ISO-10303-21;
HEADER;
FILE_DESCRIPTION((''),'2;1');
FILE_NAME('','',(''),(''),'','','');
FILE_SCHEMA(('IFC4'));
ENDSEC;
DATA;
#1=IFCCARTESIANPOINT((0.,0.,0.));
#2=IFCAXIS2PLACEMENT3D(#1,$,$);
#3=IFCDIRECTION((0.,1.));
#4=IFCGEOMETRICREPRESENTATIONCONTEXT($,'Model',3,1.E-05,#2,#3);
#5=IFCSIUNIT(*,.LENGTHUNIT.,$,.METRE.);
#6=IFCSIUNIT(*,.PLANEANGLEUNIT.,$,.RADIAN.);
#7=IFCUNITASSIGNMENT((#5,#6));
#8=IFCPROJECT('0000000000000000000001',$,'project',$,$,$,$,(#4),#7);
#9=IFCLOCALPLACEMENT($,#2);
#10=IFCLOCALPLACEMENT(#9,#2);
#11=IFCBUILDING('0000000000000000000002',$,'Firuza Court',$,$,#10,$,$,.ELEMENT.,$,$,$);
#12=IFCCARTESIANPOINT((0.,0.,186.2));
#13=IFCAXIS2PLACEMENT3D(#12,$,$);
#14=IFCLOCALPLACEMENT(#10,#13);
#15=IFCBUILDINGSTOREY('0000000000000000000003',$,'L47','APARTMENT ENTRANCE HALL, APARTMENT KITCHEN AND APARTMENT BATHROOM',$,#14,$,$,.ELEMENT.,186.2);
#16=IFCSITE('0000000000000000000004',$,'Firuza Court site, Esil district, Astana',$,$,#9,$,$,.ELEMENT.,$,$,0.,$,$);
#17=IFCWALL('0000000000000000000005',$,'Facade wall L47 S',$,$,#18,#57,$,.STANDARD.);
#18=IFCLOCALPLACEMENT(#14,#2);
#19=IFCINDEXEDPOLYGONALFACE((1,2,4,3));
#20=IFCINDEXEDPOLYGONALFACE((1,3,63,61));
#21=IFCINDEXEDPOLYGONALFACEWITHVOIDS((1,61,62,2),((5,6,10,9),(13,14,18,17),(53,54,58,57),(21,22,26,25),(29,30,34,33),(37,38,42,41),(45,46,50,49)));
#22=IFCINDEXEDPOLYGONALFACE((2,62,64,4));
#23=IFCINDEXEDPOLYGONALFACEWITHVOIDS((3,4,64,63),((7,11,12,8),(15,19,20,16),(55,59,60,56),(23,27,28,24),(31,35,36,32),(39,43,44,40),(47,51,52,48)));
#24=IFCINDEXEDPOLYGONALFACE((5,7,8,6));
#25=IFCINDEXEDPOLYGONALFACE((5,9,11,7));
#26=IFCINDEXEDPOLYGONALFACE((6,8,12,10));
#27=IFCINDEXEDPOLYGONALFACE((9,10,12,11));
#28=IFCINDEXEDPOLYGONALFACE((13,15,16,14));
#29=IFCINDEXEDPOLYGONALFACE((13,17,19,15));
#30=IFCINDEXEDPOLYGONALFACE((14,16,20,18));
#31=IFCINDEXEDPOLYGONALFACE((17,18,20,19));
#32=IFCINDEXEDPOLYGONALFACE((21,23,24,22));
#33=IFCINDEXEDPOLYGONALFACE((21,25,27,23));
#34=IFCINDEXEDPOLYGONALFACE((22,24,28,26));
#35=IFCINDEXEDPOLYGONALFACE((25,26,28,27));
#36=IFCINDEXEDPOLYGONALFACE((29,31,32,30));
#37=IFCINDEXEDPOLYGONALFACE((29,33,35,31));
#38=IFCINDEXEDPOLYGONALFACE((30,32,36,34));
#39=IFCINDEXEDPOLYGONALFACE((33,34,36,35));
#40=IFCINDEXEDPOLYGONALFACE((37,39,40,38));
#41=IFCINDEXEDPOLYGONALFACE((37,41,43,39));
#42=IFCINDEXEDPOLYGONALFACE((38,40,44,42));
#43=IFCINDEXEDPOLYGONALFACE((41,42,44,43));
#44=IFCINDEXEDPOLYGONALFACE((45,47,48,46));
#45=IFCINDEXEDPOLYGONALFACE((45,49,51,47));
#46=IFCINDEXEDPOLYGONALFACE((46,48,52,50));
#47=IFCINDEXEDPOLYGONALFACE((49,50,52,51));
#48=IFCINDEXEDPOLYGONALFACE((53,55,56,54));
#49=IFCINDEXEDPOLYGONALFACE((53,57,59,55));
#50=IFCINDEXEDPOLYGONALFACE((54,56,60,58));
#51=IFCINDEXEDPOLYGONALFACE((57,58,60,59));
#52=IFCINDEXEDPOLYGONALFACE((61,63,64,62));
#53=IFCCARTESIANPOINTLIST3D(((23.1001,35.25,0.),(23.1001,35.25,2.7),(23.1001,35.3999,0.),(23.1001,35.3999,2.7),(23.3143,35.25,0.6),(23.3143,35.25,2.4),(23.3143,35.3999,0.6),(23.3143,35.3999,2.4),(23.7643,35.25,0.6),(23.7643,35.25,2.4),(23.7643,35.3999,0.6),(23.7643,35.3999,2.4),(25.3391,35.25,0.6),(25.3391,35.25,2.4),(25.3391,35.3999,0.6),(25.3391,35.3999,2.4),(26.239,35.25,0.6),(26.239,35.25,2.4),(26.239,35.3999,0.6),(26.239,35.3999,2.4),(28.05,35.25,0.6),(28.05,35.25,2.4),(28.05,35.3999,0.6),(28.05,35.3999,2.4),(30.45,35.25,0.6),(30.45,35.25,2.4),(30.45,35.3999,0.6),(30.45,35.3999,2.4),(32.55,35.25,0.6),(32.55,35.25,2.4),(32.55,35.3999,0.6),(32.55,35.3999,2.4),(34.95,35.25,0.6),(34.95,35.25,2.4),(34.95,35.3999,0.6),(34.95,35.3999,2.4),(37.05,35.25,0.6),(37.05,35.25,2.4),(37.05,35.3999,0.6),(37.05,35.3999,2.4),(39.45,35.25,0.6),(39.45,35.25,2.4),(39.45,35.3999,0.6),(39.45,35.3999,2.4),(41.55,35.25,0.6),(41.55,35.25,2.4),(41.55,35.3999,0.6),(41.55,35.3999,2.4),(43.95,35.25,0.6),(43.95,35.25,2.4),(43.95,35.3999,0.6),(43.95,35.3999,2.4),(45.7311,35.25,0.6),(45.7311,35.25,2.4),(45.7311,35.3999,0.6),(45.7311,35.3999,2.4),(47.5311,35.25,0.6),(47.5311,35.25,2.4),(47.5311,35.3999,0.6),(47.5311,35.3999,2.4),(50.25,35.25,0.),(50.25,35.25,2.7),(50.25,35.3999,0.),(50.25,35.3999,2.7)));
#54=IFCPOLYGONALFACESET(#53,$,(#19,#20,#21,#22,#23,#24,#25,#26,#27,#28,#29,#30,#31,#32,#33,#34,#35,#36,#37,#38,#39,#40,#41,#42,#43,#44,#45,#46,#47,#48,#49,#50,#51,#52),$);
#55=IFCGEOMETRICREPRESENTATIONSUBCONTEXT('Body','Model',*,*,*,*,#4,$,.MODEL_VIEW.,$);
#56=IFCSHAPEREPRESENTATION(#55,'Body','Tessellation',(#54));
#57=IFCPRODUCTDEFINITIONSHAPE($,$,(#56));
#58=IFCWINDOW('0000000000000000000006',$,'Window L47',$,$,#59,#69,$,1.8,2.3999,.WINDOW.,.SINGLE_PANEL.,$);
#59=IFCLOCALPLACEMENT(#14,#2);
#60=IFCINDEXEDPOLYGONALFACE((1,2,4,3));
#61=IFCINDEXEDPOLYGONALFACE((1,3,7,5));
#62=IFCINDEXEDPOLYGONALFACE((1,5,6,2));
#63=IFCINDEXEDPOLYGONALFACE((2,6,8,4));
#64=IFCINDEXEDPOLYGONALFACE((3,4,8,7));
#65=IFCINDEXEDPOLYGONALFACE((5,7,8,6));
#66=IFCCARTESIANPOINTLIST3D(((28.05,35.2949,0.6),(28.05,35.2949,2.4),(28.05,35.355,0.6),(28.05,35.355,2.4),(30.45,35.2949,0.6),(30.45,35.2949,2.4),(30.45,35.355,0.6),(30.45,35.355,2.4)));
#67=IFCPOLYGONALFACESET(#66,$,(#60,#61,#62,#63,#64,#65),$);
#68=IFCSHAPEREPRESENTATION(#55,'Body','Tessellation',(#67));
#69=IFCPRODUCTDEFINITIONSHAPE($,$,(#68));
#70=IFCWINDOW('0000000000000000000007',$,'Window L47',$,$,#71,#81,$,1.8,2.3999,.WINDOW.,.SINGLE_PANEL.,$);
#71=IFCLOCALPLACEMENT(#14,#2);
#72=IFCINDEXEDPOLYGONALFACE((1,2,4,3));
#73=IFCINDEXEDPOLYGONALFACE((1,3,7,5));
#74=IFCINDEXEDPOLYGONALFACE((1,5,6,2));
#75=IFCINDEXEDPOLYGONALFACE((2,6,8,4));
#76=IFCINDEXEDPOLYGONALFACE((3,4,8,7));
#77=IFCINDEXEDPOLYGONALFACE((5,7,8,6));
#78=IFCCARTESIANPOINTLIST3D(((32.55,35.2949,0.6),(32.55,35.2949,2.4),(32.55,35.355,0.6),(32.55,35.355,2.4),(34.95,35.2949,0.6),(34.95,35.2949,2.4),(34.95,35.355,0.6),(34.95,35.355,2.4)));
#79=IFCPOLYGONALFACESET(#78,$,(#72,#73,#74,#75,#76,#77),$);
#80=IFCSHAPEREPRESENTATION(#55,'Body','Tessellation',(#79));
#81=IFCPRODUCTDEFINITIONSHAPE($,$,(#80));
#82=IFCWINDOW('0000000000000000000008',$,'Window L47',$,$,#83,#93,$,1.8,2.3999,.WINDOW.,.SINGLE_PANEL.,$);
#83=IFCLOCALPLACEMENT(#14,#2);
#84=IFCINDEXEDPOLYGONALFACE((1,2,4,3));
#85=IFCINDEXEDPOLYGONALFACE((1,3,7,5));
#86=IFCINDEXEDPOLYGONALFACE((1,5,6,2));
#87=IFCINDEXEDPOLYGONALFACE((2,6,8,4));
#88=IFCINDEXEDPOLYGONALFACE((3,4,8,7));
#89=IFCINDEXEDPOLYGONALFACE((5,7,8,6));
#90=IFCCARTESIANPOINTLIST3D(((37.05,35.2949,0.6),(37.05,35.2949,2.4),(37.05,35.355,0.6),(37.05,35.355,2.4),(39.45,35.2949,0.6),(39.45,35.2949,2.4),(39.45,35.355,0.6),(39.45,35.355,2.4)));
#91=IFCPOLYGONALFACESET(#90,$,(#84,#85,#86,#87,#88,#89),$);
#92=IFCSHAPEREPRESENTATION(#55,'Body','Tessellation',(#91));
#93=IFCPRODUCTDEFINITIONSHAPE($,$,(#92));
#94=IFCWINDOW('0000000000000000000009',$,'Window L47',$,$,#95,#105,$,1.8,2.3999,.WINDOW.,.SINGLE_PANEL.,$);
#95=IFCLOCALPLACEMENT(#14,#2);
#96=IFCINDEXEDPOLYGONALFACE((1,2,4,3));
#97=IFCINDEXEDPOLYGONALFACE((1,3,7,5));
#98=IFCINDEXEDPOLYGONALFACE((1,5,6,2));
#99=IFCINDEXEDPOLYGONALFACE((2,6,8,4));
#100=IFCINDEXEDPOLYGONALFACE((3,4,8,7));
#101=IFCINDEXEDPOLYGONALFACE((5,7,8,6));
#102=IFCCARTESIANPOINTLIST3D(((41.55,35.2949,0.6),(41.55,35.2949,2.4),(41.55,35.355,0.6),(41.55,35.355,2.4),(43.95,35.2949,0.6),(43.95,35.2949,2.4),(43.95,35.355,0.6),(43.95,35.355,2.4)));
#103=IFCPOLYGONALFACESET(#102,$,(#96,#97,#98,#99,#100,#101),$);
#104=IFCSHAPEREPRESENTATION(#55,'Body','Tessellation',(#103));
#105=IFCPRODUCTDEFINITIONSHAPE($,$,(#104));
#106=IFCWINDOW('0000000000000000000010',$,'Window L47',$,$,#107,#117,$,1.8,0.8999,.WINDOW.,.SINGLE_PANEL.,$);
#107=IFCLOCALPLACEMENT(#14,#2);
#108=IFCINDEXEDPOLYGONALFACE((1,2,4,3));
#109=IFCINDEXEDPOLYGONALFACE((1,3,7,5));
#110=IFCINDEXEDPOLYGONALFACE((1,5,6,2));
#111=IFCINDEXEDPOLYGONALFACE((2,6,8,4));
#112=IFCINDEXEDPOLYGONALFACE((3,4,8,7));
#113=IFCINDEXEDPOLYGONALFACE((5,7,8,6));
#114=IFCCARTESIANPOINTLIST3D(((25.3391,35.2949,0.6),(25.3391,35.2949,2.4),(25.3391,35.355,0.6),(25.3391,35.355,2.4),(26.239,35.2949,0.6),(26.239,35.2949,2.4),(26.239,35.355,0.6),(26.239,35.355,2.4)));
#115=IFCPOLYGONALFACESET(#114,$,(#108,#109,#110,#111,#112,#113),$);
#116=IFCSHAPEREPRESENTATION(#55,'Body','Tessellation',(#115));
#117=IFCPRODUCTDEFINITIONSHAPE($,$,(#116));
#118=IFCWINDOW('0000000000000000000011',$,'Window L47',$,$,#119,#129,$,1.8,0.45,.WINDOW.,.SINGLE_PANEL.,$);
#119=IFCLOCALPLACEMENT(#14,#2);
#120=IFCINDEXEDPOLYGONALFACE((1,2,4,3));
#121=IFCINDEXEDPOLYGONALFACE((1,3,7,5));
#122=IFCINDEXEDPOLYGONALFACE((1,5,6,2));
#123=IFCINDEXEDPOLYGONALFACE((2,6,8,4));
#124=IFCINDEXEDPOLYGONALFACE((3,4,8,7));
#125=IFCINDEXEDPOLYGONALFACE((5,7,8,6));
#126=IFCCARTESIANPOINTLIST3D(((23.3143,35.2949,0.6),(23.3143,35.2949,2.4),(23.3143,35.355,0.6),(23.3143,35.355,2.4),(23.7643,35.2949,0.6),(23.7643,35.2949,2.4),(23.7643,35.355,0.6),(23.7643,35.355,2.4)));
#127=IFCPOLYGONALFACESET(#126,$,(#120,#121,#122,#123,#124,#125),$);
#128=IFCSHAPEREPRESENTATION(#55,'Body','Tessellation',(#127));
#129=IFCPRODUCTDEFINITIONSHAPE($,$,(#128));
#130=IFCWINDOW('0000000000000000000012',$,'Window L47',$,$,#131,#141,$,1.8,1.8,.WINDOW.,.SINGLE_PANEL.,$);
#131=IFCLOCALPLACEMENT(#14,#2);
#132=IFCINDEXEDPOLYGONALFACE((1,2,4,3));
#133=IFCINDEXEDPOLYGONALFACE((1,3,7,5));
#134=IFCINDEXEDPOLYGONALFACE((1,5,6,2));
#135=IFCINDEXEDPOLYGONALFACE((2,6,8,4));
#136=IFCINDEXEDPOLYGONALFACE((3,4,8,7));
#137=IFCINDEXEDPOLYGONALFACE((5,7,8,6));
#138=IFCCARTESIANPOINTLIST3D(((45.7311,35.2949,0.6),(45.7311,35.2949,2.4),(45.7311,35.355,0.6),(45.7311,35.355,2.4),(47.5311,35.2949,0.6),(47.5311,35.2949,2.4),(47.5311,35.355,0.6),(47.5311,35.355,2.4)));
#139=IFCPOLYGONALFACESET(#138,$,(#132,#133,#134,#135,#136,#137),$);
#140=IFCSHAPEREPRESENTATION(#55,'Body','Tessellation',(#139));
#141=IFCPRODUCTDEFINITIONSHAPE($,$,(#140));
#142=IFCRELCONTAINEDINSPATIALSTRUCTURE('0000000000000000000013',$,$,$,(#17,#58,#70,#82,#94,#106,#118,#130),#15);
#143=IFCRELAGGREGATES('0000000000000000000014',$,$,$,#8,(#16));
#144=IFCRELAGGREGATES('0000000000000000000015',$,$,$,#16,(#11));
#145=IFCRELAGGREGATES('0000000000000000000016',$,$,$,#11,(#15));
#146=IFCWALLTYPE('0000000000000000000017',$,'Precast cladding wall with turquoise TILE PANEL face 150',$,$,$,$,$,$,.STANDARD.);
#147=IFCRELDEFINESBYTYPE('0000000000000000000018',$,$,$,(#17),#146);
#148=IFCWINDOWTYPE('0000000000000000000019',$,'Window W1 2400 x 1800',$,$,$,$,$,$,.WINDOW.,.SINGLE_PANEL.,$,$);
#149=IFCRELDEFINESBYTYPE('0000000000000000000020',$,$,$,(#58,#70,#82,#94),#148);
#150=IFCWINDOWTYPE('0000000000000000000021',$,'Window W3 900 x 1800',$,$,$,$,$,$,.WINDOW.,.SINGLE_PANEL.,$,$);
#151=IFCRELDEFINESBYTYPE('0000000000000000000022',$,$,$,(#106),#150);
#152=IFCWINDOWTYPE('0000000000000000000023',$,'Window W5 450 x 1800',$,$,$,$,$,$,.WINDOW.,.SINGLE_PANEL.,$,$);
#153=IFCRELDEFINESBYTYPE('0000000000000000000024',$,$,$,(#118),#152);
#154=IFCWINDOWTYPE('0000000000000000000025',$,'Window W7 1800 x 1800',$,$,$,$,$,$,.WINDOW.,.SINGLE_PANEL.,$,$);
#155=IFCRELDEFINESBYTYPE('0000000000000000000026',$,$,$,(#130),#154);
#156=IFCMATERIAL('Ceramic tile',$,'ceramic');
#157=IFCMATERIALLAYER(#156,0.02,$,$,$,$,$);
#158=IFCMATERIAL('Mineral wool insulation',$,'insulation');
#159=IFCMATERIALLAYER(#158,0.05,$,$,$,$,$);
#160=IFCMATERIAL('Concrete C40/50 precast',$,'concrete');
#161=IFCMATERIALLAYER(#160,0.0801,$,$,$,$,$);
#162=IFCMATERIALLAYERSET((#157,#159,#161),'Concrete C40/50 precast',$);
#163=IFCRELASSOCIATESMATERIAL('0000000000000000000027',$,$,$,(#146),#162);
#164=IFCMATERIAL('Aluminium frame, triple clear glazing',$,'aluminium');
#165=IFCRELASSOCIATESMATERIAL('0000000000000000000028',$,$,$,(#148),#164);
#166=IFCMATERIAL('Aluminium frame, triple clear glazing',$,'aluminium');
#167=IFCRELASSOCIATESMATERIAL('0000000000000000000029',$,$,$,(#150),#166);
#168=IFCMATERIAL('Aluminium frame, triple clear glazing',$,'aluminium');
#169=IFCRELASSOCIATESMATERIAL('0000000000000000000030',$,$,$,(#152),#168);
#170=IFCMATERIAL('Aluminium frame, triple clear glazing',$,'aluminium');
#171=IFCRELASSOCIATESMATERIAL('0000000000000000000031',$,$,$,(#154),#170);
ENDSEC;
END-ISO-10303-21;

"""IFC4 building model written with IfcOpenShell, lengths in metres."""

from ifc_helpers import new_model, si_unit, direction, frame, frame_2d, origin, place, context, subcontext, project, spatial, rectangle, extrude, material, layer, layer_set, type_object, element, fill, save


model = new_model("IFC4")

# Units and contexts
model_context = context("Model", 3, precision=1e-05, world=origin(), true_north=direction((0.0, 1.0)))
body_context = subcontext(model_context, "Body", "Model", "MODEL_VIEW")
ifc_project = project(units=[si_unit("LENGTHUNIT", "METRE"), si_unit("PLANEANGLEUNIT", "RADIAN")], contexts=[model_context])

# Site, building, storey
site_placement = place(None, origin())
site = spatial("IfcSite", under=ifc_project, at=site_placement, Name="Firuza Court site, Esil district, Astana", CompositionType="ELEMENT", RefElevation=0.0)
building_placement = place(site_placement, origin())
building = spatial("IfcBuilding", under=site, at=building_placement, Name="Firuza Court", CompositionType="ELEMENT")
storey_placement = place(building_placement, frame((0.0, 0.0, 186.2)))
storey = spatial("IfcBuildingStorey", under=building, at=storey_placement, Name="L47", Description="APARTMENT ENTRANCE HALL, APARTMENT KITCHEN AND APARTMENT BATHROOM", CompositionType="ELEMENT", Elevation=186.2)

# Wall, openings, windows
ifc_material_1 = material(Name="Ceramic tile", Category="ceramic")
ifc_layer_1 = layer(ifc_material_1, 0.02)
ifc_material_2 = material(Name="Mineral wool insulation", Category="insulation")
ifc_layer_2 = layer(ifc_material_2, 0.05)
ifc_material_3 = material(Name="Concrete C40/50 precast", Category="concrete")
ifc_layer_3 = layer(ifc_material_3, 0.0801)
ifc_layer_set_1 = layer_set([ifc_layer_1, ifc_layer_2, ifc_layer_3], Name="Concrete C40/50 precast")
wall_type_1 = type_object("IfcWallType", Name="Precast cladding wall with turquoise TILE PANEL face 150", PredefinedType="STANDARD", material=ifc_layer_set_1)
ifc_material_4 = material(Name="Aluminium frame, triple clear glazing", Category="aluminium")
window_type_1 = type_object("IfcWindowType", Name="Window W1 2400 x 1800", PartitioningType="SINGLE_PANEL", PredefinedType="WINDOW", material=ifc_material_4)
wall_1_placement = place(storey_placement, frame((23.1001, 35.325, 0.0), z_axis=(0.0, 0.0, 1.0), x_axis=(1.0, 0.0, 0.0)))
wall_1 = element("IfcWall", 1, at=wall_1_placement, inside=storey, type_object=wall_type_1, Name="Facade wall L47 S", PredefinedType="STANDARD", context=body_context, shape_type="SweptSolid", body=[
    extrude(rectangle(XDim=27.1499, YDim=0.1499, at=frame_2d((13.575, 0.0))), origin(), (0.0, 0.0, 1.0), 2.7),
])
opening_1_placement = place(wall_1_placement, frame((0.2141, 0.0, 0.6001)))
opening_1 = element("IfcOpeningElement", 2, at=opening_1_placement, cuts=wall_1, PredefinedType="OPENING", context=body_context, shape_type="SweptSolid", body=[
    extrude(rectangle(XDim=0.45, YDim=1.8, at=frame_2d((0.2251, 0.8999))), frame((0.0, 0.0869, 0.0), z_axis=(0.0, -1.0, 0.0), x_axis=(1.0, 0.0, 0.0)), (0.0, 0.0, 1.0), 0.1738),
])
opening_2_placement = place(wall_1_placement, frame((2.239, 0.0, 0.6001)))
opening_2 = element("IfcOpeningElement", 3, at=opening_2_placement, cuts=wall_1, PredefinedType="OPENING", context=body_context, shape_type="SweptSolid", body=[
    extrude(rectangle(XDim=0.8999, YDim=1.8, at=frame_2d((0.45, 0.8999))), frame((0.0, 0.0869, 0.0), z_axis=(0.0, -1.0, 0.0), x_axis=(1.0, 0.0, 0.0)), (0.0, 0.0, 1.0), 0.1738),
])
opening_3_placement = place(wall_1_placement, frame((4.95, 0.0, 0.6001)))
opening_3 = element("IfcOpeningElement", 4, at=opening_3_placement, cuts=wall_1, PredefinedType="OPENING", context=body_context, shape_type="SweptSolid", body=[
    extrude(rectangle(XDim=2.3999, YDim=1.8, at=frame_2d((1.2, 0.8999))), frame((0.0, 0.0869, 0.0), z_axis=(0.0, -1.0, 0.0), x_axis=(1.0, 0.0, 0.0)), (0.0, 0.0, 1.0), 0.1738),
])
opening_4_placement = place(wall_1_placement, frame((9.45, 0.0, 0.6001)))
opening_4 = element("IfcOpeningElement", 5, at=opening_4_placement, cuts=wall_1, PredefinedType="OPENING", context=body_context, shape_type="SweptSolid", body=[
    extrude(rectangle(XDim=2.3999, YDim=1.8, at=frame_2d((1.2, 0.8999))), frame((0.0, 0.0869, 0.0), z_axis=(0.0, -1.0, 0.0), x_axis=(1.0, 0.0, 0.0)), (0.0, 0.0, 1.0), 0.1738),
])
opening_5_placement = place(wall_1_placement, frame((13.95, 0.0, 0.6001)))
opening_5 = element("IfcOpeningElement", 6, at=opening_5_placement, cuts=wall_1, PredefinedType="OPENING", context=body_context, shape_type="SweptSolid", body=[
    extrude(rectangle(XDim=2.3999, YDim=1.8, at=frame_2d((1.2, 0.8999))), frame((0.0, 0.0869, 0.0), z_axis=(0.0, -1.0, 0.0), x_axis=(1.0, 0.0, 0.0)), (0.0, 0.0, 1.0), 0.1738),
])
opening_6_placement = place(wall_1_placement, frame((18.45, 0.0, 0.6001)))
opening_6 = element("IfcOpeningElement", 7, at=opening_6_placement, cuts=wall_1, PredefinedType="OPENING", context=body_context, shape_type="SweptSolid", body=[
    extrude(rectangle(XDim=2.3999, YDim=1.8, at=frame_2d((1.2, 0.8999))), frame((0.0, 0.0869, 0.0), z_axis=(0.0, -1.0, 0.0), x_axis=(1.0, 0.0, 0.0)), (0.0, 0.0, 1.0), 0.1738),
])
opening_7_placement = place(wall_1_placement, frame((22.6311, 0.0, 0.6001)))
opening_7 = element("IfcOpeningElement", 8, at=opening_7_placement, cuts=wall_1, PredefinedType="OPENING", context=body_context, shape_type="SweptSolid", body=[
    extrude(rectangle(XDim=1.8, YDim=1.8, at=frame_2d((0.8999, 0.8999))), frame((0.0, 0.0869, 0.0), z_axis=(0.0, -1.0, 0.0), x_axis=(1.0, 0.0, 0.0)), (0.0, 0.0, 1.0), 0.1738),
])
window_1_placement = place(opening_3_placement, origin())
window_1 = element("IfcWindow", 9, at=window_1_placement, inside=storey, type_object=window_type_1, Name="Window L47", OverallHeight=1.8, OverallWidth=2.3999, PartitioningType="SINGLE_PANEL", PredefinedType="WINDOW", context=body_context, shape_type="SweptSolid", body=[
    extrude(rectangle(XDim=2.3999, YDim=1.8, at=frame_2d((1.2, 0.8999))), frame((0.0, 0.03, 0.0), z_axis=(0.0, -1.0, 0.0), x_axis=(1.0, 0.0, 0.0)), (0.0, 0.0, 1.0), 0.0601),
])
fill(opening_3, window_1)
window_2_placement = place(opening_4_placement, origin())
window_2 = element("IfcWindow", 10, at=window_2_placement, inside=storey, type_object=window_type_1, Name="Window L47", OverallHeight=1.8, OverallWidth=2.3999, PartitioningType="SINGLE_PANEL", PredefinedType="WINDOW", context=body_context, shape_type="SweptSolid", body=[
    extrude(rectangle(XDim=2.3999, YDim=1.8, at=frame_2d((1.2, 0.8999))), frame((0.0, 0.03, 0.0), z_axis=(0.0, -1.0, 0.0), x_axis=(1.0, 0.0, 0.0)), (0.0, 0.0, 1.0), 0.0601),
])
fill(opening_4, window_2)
window_3_placement = place(opening_5_placement, origin())
window_3 = element("IfcWindow", 11, at=window_3_placement, inside=storey, type_object=window_type_1, Name="Window L47", OverallHeight=1.8, OverallWidth=2.3999, PartitioningType="SINGLE_PANEL", PredefinedType="WINDOW", context=body_context, shape_type="SweptSolid", body=[
    extrude(rectangle(XDim=2.3999, YDim=1.8, at=frame_2d((1.2, 0.8999))), frame((0.0, 0.03, 0.0), z_axis=(0.0, -1.0, 0.0), x_axis=(1.0, 0.0, 0.0)), (0.0, 0.0, 1.0), 0.0601),
])
fill(opening_5, window_3)
window_4_placement = place(opening_6_placement, origin())
window_4 = element("IfcWindow", 12, at=window_4_placement, inside=storey, type_object=window_type_1, Name="Window L47", OverallHeight=1.8, OverallWidth=2.3999, PartitioningType="SINGLE_PANEL", PredefinedType="WINDOW", context=body_context, shape_type="SweptSolid", body=[
    extrude(rectangle(XDim=2.3999, YDim=1.8, at=frame_2d((1.2, 0.8999))), frame((0.0, 0.03, 0.0), z_axis=(0.0, -1.0, 0.0), x_axis=(1.0, 0.0, 0.0)), (0.0, 0.0, 1.0), 0.0601),
])
fill(opening_6, window_4)
ifc_material_5 = material(Name="Aluminium frame, triple clear glazing", Category="aluminium")
window_type_2 = type_object("IfcWindowType", Name="Window W3 900 x 1800", PartitioningType="SINGLE_PANEL", PredefinedType="WINDOW", material=ifc_material_5)
window_5_placement = place(opening_2_placement, origin())
window_5 = element("IfcWindow", 13, at=window_5_placement, inside=storey, type_object=window_type_2, Name="Window L47", OverallHeight=1.8, OverallWidth=0.8999, PartitioningType="SINGLE_PANEL", PredefinedType="WINDOW", context=body_context, shape_type="SweptSolid", body=[
    extrude(rectangle(XDim=0.8999, YDim=1.8, at=frame_2d((0.45, 0.8999))), frame((0.0, 0.03, 0.0), z_axis=(0.0, -1.0, 0.0), x_axis=(1.0, 0.0, 0.0)), (0.0, 0.0, 1.0), 0.0601),
])
fill(opening_2, window_5)
ifc_material_6 = material(Name="Aluminium frame, triple clear glazing", Category="aluminium")
window_type_3 = type_object("IfcWindowType", Name="Window W5 450 x 1800", PartitioningType="SINGLE_PANEL", PredefinedType="WINDOW", material=ifc_material_6)
window_6_placement = place(opening_1_placement, origin())
window_6 = element("IfcWindow", 14, at=window_6_placement, inside=storey, type_object=window_type_3, Name="Window L47", OverallHeight=1.8, OverallWidth=0.45, PartitioningType="SINGLE_PANEL", PredefinedType="WINDOW", context=body_context, shape_type="SweptSolid", body=[
    extrude(rectangle(XDim=0.45, YDim=1.8, at=frame_2d((0.2251, 0.8999))), frame((0.0, 0.03, 0.0), z_axis=(0.0, -1.0, 0.0), x_axis=(1.0, 0.0, 0.0)), (0.0, 0.0, 1.0), 0.0601),
])
fill(opening_1, window_6)
ifc_material_7 = material(Name="Aluminium frame, triple clear glazing", Category="aluminium")
window_type_4 = type_object("IfcWindowType", Name="Window W7 1800 x 1800", PartitioningType="SINGLE_PANEL", PredefinedType="WINDOW", material=ifc_material_7)
window_7_placement = place(opening_7_placement, origin())
window_7 = element("IfcWindow", 15, at=window_7_placement, inside=storey, type_object=window_type_4, Name="Window L47", OverallHeight=1.8, OverallWidth=1.8, PartitioningType="SINGLE_PANEL", PredefinedType="WINDOW", context=body_context, shape_type="SweptSolid", body=[
    extrude(rectangle(XDim=1.8, YDim=1.8, at=frame_2d((0.8999, 0.8999))), frame((0.0, 0.03, 0.0), z_axis=(0.0, -1.0, 0.0), x_axis=(1.0, 0.0, 0.0)), (0.0, 0.0, 1.0), 0.0601),
])
fill(opening_7, window_7)

save(model, "model.ifc")
